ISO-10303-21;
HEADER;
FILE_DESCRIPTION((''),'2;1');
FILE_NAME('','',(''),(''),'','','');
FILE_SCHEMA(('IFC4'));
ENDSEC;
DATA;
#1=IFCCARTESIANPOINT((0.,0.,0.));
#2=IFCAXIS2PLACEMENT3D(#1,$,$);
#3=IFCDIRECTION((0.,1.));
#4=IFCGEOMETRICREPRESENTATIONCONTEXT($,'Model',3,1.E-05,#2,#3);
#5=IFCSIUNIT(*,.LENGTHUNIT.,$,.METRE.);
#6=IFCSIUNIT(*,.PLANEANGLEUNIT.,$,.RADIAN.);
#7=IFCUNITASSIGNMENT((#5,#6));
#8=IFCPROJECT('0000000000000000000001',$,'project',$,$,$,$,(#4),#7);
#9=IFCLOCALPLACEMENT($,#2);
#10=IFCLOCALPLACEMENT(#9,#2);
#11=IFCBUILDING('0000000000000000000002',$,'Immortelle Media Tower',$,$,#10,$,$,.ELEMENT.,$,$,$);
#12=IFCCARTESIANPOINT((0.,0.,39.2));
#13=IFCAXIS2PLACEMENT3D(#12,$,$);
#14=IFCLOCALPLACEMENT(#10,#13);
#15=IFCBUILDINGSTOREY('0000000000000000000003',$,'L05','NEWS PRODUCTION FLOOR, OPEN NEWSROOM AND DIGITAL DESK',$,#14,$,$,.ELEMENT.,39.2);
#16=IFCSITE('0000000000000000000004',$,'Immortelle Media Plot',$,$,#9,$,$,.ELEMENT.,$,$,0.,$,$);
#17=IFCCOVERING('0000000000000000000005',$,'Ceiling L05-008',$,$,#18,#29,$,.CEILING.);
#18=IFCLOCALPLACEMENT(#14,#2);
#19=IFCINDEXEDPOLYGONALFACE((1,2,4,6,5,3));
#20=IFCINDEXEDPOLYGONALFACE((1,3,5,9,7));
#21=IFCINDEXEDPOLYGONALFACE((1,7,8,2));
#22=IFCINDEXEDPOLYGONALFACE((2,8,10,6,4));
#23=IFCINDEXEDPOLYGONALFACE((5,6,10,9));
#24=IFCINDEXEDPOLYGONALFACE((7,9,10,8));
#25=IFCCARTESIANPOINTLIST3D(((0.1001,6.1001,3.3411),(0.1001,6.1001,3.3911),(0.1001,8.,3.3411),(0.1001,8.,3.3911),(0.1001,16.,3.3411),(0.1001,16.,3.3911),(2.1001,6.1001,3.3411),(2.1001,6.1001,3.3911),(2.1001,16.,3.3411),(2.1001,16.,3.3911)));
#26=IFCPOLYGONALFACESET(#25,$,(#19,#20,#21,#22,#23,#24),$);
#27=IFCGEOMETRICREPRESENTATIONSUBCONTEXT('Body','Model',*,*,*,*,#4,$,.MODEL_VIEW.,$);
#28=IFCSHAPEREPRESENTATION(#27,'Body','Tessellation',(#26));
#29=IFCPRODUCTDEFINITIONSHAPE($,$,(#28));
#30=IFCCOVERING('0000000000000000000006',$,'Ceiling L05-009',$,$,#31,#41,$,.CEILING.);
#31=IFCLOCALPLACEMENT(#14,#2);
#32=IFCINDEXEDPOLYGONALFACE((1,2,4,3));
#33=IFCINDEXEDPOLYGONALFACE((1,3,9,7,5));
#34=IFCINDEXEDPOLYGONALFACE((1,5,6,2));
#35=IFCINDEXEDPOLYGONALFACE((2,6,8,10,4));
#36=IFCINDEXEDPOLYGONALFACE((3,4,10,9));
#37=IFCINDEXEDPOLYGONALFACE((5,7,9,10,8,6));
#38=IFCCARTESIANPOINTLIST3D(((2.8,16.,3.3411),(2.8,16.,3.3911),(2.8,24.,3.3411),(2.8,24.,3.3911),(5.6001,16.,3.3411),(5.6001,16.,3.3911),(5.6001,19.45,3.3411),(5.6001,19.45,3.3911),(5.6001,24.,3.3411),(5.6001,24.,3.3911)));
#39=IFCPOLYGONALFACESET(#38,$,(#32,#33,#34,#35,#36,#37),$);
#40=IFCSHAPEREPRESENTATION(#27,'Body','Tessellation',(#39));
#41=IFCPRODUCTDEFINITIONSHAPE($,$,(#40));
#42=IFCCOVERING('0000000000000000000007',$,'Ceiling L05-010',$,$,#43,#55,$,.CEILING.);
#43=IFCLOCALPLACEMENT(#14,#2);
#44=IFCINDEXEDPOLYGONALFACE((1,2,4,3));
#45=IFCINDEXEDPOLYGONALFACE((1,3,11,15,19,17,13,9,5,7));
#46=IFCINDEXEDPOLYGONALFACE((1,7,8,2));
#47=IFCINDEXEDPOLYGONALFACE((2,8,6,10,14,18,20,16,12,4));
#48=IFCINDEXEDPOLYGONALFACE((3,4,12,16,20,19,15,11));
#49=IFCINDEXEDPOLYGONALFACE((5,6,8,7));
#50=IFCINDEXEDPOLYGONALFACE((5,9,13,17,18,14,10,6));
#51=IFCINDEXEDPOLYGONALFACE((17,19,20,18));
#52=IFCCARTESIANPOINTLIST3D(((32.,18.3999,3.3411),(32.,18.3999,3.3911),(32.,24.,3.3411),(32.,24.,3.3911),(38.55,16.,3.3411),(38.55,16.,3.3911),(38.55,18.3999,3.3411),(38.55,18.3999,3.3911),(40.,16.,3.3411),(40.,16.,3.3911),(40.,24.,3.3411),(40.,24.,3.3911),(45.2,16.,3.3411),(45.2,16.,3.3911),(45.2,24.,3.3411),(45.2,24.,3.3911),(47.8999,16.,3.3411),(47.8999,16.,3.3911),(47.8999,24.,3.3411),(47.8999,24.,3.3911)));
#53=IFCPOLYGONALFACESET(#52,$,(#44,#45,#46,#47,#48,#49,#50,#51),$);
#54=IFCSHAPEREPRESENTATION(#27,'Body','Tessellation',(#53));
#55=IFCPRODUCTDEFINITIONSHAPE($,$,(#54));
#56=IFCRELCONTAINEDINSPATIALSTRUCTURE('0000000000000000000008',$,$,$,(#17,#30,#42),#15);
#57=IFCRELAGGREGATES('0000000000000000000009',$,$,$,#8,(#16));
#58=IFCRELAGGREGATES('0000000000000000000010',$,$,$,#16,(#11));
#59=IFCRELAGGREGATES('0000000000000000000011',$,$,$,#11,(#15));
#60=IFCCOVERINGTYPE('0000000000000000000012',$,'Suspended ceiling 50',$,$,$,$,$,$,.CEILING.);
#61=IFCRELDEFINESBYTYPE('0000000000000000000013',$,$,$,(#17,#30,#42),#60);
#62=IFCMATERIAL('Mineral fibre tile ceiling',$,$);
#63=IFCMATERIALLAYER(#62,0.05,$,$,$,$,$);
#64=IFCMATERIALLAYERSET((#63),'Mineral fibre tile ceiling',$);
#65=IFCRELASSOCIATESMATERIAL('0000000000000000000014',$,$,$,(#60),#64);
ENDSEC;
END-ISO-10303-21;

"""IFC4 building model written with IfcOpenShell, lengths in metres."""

from ifc_helpers import new_model, si_unit, direction, frame, origin, place, context, subcontext, project, spatial, polyline, outline, extrude, material, layer, layer_set, type_object, element, save


model = new_model("IFC4")

# Units and contexts
model_context = context("Model", 3, precision=1e-05, world=origin(), true_north=direction((0.0, 1.0)))
body_context = subcontext(model_context, "Body", "Model", "MODEL_VIEW")
ifc_project = project(units=[si_unit("LENGTHUNIT", "METRE"), si_unit("PLANEANGLEUNIT", "RADIAN")], contexts=[model_context])

# Site, building, storey
site_placement = place(None, origin())
site = spatial("IfcSite", under=ifc_project, at=site_placement, Name="Immortelle Media Plot", CompositionType="ELEMENT", RefElevation=0.0)
building_placement = place(site_placement, origin())
building = spatial("IfcBuilding", under=site, at=building_placement, Name="Immortelle Media Tower", CompositionType="ELEMENT")
storey_placement = place(building_placement, frame((0.0, 0.0, 39.2)))
storey = spatial("IfcBuildingStorey", under=building, at=storey_placement, Name="L05", Description="NEWS PRODUCTION FLOOR, OPEN NEWSROOM AND DIGITAL DESK", CompositionType="ELEMENT", Elevation=39.2)

# Coverings
ifc_material_1 = material(Name="Mineral fibre tile ceiling")
ifc_layer_1 = layer(ifc_material_1, 0.05)
ifc_layer_set_1 = layer_set([ifc_layer_1], Name="Mineral fibre tile ceiling")
covering_type = type_object("IfcCoveringType", Name="Suspended ceiling 50", PredefinedType="CEILING", material=ifc_layer_set_1)
covering_1_placement = place(storey_placement, frame((0.0, 0.0, 3.3411)))
element("IfcCovering", 1, at=covering_1_placement, inside=storey, type_object=covering_type, Name="Ceiling L05-008", PredefinedType="CEILING", context=body_context, shape_type="SweptSolid", body=[
    extrude(outline(polyline([(0.1001, 6.1001), (0.1001, 8.0), (0.1001, 16.0), (2.1001, 16.0), (2.1001, 6.1001), (0.1001, 6.1001)])), origin(), (0.0, 0.0, 1.0), 0.05),
])
covering_2_placement = place(storey_placement, frame((0.0, 0.0, 3.3411)))
element("IfcCovering", 2, at=covering_2_placement, inside=storey, type_object=covering_type, Name="Ceiling L05-009", PredefinedType="CEILING", context=body_context, shape_type="SweptSolid", body=[
    extrude(outline(polyline([(5.6001, 19.45), (5.6001, 16.0), (2.8, 16.0), (2.8, 24.0), (5.6001, 24.0), (5.6001, 19.45)])), origin(), (0.0, 0.0, 1.0), 0.05),
])
covering_3_placement = place(storey_placement, frame((0.0, 0.0, 3.3411)))
element("IfcCovering", 3, at=covering_3_placement, inside=storey, type_object=covering_type, Name="Ceiling L05-010", PredefinedType="CEILING", context=body_context, shape_type="SweptSolid", body=[
    extrude(outline(polyline([(38.55, 16.0), (38.55, 18.3999), (32.0, 18.3999), (32.0, 24.0), (40.0, 24.0), (45.2, 24.0), (47.8999, 24.0), (47.8999, 16.0), (45.2, 16.0), (40.0, 16.0), (38.55, 16.0)])), origin(), (0.0, 0.0, 1.0), 0.05),
])

save(model, "model.ifc")
